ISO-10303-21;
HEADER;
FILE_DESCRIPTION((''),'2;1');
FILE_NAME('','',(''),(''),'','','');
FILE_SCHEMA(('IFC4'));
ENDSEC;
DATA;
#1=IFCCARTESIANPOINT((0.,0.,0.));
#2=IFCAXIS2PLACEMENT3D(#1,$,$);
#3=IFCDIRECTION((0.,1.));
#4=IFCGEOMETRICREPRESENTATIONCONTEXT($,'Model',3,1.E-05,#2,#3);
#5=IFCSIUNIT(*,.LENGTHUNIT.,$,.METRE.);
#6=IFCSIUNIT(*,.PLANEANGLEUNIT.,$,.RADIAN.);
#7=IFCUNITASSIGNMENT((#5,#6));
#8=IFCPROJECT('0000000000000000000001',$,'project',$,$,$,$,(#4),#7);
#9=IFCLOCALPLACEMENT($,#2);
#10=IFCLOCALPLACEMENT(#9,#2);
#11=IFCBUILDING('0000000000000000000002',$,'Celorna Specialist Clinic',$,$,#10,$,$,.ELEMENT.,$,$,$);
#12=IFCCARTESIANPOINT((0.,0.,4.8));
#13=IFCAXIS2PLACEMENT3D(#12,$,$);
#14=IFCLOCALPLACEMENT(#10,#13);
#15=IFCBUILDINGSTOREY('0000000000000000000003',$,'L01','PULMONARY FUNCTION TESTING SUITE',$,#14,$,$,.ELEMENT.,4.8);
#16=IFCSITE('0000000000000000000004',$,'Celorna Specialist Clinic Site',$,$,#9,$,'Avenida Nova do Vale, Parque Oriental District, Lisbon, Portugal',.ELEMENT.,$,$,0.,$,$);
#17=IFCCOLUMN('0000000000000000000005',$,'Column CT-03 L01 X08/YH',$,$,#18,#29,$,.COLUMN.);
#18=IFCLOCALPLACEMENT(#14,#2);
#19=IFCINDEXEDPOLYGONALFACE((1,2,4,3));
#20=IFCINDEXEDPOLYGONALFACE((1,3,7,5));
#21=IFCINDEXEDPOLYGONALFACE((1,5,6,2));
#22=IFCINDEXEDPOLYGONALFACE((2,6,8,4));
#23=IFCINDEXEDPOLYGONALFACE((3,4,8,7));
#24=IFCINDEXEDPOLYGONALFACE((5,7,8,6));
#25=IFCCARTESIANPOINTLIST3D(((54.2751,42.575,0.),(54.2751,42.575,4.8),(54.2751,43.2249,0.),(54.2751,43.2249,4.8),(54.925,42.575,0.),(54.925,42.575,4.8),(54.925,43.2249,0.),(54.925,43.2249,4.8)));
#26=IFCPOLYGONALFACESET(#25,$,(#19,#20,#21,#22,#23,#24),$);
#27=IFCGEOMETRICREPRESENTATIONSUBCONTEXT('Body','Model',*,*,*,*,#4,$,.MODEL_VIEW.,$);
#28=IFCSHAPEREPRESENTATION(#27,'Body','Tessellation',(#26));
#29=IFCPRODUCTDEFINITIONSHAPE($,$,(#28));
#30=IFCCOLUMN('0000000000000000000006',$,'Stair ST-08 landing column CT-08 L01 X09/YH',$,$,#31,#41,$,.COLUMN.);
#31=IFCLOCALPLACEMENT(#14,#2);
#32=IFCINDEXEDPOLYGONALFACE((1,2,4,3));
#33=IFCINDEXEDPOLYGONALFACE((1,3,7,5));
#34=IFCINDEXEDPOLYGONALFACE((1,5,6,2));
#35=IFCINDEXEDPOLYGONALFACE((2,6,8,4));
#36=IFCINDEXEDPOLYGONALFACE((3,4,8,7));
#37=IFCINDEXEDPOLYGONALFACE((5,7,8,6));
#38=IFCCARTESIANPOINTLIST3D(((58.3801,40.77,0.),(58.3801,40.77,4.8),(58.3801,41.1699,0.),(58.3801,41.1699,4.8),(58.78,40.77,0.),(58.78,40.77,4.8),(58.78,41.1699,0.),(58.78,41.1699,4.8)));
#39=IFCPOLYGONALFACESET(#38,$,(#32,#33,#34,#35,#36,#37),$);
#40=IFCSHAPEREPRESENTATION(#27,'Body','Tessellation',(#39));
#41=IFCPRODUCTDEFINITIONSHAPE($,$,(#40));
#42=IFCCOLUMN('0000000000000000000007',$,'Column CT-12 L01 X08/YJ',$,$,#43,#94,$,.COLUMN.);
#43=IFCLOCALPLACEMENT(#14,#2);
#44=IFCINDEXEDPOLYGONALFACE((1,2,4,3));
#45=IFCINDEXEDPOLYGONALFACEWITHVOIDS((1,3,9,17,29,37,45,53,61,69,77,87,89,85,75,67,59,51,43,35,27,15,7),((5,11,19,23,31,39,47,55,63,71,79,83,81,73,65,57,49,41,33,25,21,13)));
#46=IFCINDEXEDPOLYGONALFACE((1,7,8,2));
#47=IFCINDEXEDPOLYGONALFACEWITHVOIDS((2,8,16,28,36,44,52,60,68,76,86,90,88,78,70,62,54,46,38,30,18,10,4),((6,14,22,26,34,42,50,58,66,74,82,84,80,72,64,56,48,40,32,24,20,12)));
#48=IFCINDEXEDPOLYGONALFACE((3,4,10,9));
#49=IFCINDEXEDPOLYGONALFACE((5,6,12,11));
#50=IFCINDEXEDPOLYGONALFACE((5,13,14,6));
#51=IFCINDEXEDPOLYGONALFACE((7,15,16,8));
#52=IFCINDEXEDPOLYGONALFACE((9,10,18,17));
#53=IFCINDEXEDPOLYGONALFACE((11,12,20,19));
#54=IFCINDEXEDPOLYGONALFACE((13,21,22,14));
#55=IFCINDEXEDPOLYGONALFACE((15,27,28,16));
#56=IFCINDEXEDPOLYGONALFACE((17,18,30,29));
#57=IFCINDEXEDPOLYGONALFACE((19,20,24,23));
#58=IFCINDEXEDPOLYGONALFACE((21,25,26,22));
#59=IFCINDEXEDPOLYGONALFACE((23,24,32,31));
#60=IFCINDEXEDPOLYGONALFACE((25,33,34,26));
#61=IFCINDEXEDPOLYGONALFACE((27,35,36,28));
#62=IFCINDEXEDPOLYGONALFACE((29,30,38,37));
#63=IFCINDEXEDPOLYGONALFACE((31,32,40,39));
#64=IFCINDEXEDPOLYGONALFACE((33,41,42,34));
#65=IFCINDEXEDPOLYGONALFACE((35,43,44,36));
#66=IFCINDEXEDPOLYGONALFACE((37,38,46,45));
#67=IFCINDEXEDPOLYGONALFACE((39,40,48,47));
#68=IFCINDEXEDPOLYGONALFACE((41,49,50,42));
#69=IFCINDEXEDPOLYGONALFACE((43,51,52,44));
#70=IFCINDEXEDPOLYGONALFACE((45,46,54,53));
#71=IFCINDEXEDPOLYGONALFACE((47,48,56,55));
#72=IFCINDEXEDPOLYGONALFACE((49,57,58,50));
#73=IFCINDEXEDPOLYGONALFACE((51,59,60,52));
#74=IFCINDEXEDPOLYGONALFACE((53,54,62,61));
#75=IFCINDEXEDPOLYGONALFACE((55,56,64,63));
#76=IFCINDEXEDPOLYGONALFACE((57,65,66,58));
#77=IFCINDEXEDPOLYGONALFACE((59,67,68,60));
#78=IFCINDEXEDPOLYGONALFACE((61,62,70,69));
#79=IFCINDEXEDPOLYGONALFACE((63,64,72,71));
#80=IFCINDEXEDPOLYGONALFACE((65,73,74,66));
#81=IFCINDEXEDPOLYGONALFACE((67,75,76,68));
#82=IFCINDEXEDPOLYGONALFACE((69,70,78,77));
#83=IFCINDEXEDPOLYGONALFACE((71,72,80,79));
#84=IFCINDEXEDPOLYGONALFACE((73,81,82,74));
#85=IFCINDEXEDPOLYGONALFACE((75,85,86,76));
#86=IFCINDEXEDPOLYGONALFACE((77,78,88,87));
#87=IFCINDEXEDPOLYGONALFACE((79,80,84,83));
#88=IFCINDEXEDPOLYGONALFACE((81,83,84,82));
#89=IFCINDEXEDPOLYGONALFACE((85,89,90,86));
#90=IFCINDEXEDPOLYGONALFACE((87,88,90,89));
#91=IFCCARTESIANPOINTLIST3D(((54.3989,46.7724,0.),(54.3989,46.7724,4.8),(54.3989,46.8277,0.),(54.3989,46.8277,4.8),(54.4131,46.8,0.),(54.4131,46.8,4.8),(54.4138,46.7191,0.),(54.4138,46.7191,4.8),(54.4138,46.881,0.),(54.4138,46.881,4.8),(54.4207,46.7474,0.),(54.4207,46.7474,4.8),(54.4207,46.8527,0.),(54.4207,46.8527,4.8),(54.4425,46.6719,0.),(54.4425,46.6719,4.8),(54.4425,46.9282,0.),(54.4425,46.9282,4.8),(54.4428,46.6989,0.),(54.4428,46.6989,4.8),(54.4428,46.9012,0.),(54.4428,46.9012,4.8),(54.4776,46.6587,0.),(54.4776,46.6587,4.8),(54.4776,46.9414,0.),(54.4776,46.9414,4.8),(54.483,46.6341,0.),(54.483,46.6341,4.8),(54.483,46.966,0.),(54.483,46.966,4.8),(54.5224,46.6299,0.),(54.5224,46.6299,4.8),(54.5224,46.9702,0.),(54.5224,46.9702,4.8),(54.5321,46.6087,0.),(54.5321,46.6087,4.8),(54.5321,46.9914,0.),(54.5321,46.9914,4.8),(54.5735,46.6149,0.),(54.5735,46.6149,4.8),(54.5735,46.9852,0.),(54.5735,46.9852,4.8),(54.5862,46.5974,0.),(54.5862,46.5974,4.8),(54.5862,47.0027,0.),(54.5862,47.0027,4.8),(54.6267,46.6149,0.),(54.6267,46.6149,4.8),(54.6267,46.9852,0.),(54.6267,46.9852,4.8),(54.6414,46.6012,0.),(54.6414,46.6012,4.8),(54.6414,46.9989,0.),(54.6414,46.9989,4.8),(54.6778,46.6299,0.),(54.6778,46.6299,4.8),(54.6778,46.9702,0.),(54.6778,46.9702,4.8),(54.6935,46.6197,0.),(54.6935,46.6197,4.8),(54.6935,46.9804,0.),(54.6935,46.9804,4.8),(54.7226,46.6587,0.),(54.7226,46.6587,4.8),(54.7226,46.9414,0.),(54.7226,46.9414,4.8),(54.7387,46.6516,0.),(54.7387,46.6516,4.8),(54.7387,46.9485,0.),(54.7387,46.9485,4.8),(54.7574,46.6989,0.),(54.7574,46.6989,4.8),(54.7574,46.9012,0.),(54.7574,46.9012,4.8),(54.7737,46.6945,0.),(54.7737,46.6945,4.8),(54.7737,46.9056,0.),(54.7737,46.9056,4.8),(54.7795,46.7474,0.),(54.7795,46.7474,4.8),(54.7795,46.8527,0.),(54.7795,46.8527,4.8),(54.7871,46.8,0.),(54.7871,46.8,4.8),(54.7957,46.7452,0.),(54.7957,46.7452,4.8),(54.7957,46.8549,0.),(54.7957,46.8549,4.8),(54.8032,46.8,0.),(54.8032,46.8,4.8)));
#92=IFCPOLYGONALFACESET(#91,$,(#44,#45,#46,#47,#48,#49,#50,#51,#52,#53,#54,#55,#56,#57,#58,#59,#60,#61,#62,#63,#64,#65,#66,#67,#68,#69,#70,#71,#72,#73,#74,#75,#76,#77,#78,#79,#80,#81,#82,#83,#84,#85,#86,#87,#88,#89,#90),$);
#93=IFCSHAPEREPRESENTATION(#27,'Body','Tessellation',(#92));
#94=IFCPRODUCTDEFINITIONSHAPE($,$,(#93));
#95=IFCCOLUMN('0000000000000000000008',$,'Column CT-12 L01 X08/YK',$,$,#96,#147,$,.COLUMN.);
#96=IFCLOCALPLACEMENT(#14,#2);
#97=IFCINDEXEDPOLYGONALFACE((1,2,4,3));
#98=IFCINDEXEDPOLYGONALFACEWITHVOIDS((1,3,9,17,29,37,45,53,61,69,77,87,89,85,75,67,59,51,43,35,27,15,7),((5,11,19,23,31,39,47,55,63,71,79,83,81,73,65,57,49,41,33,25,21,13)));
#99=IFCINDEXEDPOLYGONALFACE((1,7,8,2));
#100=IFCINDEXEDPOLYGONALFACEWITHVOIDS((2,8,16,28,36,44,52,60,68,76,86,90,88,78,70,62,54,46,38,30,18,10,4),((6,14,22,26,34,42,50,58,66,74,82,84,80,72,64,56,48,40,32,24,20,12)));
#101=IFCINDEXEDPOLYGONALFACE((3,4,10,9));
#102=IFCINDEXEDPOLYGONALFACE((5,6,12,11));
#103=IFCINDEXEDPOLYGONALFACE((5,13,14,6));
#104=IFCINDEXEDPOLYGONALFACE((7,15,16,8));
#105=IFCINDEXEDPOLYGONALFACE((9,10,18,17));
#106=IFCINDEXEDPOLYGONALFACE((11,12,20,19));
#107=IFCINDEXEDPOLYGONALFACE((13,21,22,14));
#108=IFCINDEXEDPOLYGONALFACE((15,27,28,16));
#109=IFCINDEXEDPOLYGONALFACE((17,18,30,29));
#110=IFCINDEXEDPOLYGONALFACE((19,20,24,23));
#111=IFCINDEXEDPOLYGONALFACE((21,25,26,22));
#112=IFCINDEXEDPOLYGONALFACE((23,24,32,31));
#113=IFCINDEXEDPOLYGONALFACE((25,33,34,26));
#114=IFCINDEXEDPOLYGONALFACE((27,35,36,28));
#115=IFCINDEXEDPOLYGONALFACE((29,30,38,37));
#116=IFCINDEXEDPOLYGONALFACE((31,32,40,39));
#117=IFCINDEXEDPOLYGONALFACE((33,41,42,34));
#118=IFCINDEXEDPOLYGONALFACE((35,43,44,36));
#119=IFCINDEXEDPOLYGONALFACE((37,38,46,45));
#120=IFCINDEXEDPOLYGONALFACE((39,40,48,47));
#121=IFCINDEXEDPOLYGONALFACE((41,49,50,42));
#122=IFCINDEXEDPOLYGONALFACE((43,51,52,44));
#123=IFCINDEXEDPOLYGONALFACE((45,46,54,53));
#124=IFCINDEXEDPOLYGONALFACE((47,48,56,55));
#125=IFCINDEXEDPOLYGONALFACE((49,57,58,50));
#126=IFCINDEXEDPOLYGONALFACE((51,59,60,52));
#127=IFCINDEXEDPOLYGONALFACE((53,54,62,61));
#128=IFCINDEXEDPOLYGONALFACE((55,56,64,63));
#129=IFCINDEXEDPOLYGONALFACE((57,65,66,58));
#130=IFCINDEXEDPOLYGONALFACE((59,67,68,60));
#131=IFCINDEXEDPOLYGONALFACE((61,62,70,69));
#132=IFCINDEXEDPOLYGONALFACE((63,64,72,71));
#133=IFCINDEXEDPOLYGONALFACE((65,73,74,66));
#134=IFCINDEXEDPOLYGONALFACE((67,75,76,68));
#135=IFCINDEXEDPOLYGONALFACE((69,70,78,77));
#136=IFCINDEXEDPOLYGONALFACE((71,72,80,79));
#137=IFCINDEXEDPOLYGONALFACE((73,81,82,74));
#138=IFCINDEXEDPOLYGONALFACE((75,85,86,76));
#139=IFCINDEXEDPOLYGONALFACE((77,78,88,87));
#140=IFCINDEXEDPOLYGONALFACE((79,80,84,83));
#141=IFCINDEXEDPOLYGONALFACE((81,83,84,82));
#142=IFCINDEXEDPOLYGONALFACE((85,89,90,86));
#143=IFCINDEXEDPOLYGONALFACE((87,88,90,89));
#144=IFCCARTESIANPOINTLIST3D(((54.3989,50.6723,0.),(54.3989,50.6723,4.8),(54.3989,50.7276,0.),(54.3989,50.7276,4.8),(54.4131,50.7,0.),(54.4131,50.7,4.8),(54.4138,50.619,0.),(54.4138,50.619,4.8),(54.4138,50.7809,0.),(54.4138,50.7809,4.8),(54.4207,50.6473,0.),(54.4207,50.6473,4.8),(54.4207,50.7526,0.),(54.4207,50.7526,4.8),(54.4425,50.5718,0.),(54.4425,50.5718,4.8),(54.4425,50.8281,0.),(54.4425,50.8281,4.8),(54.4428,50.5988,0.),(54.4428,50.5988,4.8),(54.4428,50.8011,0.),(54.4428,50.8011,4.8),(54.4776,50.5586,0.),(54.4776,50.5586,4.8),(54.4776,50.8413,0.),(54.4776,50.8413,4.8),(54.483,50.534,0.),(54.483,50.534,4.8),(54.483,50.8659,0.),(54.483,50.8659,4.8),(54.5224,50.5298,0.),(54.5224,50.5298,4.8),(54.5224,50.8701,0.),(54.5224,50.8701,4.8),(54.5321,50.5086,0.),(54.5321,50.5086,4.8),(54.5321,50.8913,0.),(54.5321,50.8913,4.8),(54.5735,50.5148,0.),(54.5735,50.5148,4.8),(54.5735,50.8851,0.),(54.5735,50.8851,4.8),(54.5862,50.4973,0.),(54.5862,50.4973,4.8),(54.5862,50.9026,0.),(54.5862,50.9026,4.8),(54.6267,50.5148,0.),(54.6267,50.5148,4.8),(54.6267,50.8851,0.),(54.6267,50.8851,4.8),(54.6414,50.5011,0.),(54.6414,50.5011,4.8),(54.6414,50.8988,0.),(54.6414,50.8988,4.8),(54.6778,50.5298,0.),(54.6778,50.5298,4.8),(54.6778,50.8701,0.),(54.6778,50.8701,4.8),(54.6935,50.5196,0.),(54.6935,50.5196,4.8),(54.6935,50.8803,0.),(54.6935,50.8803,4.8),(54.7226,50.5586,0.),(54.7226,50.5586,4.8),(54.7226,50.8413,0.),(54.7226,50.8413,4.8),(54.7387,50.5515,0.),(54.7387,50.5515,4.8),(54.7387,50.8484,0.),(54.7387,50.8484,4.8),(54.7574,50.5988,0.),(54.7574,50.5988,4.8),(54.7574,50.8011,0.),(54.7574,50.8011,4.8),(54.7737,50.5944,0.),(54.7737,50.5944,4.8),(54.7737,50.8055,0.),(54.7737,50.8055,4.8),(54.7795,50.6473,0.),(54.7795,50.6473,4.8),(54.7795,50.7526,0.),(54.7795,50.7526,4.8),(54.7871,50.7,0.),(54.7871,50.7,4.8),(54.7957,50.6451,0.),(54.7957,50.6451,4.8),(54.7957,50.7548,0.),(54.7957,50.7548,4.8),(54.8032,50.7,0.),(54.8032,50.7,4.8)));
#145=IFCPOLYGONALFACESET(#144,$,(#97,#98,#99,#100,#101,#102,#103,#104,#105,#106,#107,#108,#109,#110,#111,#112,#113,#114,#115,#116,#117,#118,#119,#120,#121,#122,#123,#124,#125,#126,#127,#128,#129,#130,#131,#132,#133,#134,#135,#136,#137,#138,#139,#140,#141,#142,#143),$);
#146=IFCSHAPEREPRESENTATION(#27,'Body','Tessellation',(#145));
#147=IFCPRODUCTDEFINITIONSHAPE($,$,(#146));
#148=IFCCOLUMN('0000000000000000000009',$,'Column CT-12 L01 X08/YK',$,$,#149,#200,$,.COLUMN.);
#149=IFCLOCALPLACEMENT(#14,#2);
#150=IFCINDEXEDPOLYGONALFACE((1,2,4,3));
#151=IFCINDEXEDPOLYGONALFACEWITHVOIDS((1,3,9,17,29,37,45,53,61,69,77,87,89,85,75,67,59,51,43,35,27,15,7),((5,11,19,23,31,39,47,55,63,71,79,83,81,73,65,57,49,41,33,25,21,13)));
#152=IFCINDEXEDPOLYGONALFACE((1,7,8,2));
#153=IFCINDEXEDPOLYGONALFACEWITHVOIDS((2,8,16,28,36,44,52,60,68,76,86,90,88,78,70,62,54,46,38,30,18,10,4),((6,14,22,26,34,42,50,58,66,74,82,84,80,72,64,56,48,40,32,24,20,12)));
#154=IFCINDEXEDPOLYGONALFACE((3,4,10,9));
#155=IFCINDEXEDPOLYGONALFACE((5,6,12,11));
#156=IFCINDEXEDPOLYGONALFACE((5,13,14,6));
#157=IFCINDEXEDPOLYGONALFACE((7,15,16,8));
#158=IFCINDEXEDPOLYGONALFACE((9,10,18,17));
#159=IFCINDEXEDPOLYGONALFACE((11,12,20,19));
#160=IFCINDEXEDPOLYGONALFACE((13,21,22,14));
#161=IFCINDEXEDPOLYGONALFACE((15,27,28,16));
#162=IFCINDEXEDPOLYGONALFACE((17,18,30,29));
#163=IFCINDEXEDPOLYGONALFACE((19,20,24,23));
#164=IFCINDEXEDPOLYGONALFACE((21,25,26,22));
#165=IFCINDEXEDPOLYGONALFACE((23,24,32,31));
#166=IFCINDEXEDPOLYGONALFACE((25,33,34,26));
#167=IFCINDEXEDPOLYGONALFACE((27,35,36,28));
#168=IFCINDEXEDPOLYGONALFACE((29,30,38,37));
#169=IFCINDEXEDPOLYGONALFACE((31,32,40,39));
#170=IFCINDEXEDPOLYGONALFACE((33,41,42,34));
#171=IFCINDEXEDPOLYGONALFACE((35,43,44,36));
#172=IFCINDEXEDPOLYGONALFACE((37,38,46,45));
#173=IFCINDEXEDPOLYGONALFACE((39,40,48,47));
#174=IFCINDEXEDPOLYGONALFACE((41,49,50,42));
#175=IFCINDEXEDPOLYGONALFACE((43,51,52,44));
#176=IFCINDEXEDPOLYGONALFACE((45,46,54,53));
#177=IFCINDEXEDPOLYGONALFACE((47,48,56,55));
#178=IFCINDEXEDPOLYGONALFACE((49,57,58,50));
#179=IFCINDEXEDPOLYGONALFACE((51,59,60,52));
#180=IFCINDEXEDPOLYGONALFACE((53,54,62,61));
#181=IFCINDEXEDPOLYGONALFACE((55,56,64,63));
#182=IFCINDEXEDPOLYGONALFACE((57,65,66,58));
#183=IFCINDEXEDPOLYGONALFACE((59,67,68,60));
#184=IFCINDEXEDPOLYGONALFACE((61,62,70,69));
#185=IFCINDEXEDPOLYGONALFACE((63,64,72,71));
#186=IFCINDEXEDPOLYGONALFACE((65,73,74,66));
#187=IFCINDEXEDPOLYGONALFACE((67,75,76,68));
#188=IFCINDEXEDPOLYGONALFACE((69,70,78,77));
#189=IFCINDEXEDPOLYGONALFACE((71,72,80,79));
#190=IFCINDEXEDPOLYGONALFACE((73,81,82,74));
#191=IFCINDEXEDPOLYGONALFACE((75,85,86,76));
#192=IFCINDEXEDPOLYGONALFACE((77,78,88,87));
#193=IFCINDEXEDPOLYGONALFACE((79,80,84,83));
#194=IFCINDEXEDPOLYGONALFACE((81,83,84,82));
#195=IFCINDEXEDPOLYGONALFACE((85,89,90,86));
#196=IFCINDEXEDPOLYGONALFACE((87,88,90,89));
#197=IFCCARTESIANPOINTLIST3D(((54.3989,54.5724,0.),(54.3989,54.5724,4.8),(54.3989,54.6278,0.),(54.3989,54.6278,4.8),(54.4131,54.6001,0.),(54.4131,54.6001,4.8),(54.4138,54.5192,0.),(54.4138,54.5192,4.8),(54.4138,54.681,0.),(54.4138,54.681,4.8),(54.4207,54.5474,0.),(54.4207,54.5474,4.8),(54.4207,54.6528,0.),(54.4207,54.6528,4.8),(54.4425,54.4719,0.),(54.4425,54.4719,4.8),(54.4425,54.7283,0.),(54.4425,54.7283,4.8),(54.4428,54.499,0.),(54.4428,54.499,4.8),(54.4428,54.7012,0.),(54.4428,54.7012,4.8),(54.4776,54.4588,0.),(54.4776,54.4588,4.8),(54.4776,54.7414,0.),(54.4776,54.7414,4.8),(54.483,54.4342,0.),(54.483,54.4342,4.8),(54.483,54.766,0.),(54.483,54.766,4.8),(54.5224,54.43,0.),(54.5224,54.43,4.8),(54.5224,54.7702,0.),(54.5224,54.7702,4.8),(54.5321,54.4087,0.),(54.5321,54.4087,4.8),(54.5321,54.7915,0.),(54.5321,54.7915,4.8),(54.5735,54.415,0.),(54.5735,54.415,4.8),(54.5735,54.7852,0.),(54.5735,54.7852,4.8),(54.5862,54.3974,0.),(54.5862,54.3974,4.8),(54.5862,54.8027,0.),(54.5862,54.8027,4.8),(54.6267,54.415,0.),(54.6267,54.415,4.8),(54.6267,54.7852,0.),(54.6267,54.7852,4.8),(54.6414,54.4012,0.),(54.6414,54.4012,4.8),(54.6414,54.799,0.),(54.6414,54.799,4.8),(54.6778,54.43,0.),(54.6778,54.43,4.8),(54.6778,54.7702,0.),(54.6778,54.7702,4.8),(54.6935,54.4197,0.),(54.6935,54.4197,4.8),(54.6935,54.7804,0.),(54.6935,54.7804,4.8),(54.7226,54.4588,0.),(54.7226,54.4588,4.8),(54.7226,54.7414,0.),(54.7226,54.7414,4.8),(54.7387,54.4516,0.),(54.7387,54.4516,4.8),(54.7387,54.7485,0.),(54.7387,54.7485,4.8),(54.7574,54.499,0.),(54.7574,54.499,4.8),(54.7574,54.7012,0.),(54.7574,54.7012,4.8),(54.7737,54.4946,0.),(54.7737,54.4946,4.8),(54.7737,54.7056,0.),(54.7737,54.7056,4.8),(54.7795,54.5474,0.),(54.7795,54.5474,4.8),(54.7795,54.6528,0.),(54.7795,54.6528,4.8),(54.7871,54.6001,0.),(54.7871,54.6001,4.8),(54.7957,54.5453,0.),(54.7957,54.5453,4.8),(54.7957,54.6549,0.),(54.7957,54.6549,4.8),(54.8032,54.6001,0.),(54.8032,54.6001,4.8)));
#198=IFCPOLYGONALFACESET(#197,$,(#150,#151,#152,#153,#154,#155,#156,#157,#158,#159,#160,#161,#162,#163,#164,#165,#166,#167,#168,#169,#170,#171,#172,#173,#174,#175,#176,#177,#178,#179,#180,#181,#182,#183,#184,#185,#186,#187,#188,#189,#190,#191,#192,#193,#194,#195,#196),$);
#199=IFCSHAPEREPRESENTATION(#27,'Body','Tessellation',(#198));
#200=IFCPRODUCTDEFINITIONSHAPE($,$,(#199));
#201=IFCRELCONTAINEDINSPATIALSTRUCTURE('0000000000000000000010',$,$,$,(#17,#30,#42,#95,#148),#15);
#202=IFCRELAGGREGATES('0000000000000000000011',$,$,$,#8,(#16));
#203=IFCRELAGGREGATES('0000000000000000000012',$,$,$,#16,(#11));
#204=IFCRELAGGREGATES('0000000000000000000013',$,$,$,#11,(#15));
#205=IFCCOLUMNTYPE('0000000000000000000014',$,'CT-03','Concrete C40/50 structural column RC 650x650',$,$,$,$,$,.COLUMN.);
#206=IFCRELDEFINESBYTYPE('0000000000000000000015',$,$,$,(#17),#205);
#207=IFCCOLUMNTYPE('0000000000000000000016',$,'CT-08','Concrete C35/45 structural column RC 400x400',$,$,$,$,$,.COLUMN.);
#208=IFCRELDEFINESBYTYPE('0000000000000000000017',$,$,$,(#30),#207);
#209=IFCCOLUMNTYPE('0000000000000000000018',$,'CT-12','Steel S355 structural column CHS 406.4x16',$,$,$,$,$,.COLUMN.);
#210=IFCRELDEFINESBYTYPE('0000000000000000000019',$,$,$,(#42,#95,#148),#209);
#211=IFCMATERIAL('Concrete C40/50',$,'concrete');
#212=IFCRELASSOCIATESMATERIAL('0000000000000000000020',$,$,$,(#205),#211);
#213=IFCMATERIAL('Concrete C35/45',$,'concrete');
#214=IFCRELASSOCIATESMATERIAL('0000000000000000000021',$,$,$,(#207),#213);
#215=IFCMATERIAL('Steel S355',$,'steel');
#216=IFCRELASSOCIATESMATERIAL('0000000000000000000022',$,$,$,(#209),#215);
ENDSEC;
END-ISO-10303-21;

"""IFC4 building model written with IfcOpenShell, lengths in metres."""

from ifc_helpers import new_model, si_unit, direction, frame, origin, origin_2d, place, context, subcontext, project, spatial, rectangle, hollow_circle, extrude, material, material_profile, profile_set, type_object, element, save


model = new_model("IFC4")

# Units and contexts
model_context = context("Model", 3, precision=1e-05, world=origin(), true_north=direction((0.0, 1.0)))
body_context = subcontext(model_context, "Body", "Model", "MODEL_VIEW")
ifc_project = project(units=[si_unit("LENGTHUNIT", "METRE"), si_unit("PLANEANGLEUNIT", "RADIAN")], contexts=[model_context])

# Site, building, storey
site_placement = place(None, origin())
site = spatial("IfcSite", under=ifc_project, at=site_placement, Name="Celorna Specialist Clinic Site", LongName="Avenida Nova do Vale, Parque Oriental District, Lisbon, Portugal", CompositionType="ELEMENT", RefElevation=0.0)
building_placement = place(site_placement, origin())
building = spatial("IfcBuilding", under=site, at=building_placement, Name="Celorna Specialist Clinic", CompositionType="ELEMENT")
storey_placement = place(building_placement, frame((0.0, 0.0, 4.8)))
storey = spatial("IfcBuildingStorey", under=building, at=storey_placement, Name="L01", Description="PULMONARY FUNCTION TESTING SUITE", CompositionType="ELEMENT", Elevation=4.8)

# Columns
ifc_material_1 = material(Name="Concrete C40/50", Category="concrete")
ifc_material_profile_1 = material_profile(ifc_material_1, rectangle(XDim=0.6499, YDim=0.6499, at=origin_2d()), Name="RC 650x650")
ifc_profile_set_1 = profile_set([ifc_material_profile_1], Name="Concrete C40/50")
column_type_1 = type_object("IfcColumnType", Name="CT-03", Description="Concrete C40/50 structural column RC 650x650", PredefinedType="COLUMN", material=ifc_profile_set_1)
column_1_placement = place(storey_placement, frame((54.6001, 42.8999, 0.0), z_axis=(0.0, 0.0, 1.0), x_axis=(1.0, 0.0, 0.0)))
element("IfcColumn", 1, at=column_1_placement, inside=storey, type_object=column_type_1, Name="Column CT-03 L01 X08/YH", PredefinedType="COLUMN", context=body_context, shape_type="SweptSolid", body=[
    extrude(rectangle(XDim=0.6499, YDim=0.6499, at=origin_2d()), origin(), (0.0, 0.0, 1.0), 4.8),
])
ifc_material_2 = material(Name="Concrete C35/45", Category="concrete")
ifc_material_profile_2 = material_profile(ifc_material_2, rectangle(XDim=0.3999, YDim=0.3999, at=origin_2d()), Name="RC 400x400")
ifc_profile_set_2 = profile_set([ifc_material_profile_2], Name="Concrete C35/45")
column_type_2 = type_object("IfcColumnType", Name="CT-08", Description="Concrete C35/45 structural column RC 400x400", PredefinedType="COLUMN", material=ifc_profile_set_2)
column_2_placement = place(storey_placement, frame((58.5801, 40.97, 0.0), z_axis=(0.0, 0.0, 1.0), x_axis=(1.0, 0.0, 0.0)))
element("IfcColumn", 2, at=column_2_placement, inside=storey, type_object=column_type_2, Name="Stair ST-08 landing column CT-08 L01 X09/YH", PredefinedType="COLUMN", context=body_context, shape_type="SweptSolid", body=[
    extrude(rectangle(XDim=0.3999, YDim=0.3999, at=origin_2d()), origin(), (0.0, 0.0, 1.0), 4.8),
])
ifc_material_3 = material(Name="Steel S355", Category="steel")
ifc_material_profile_3 = material_profile(ifc_material_3, hollow_circle(Radius=0.2031, WallThickness=0.0161, at=origin_2d()), Name="CHS 406.4x16")
ifc_profile_set_3 = profile_set([ifc_material_profile_3], Name="Steel S355")
column_type_3 = type_object("IfcColumnType", Name="CT-12", Description="Steel S355 structural column CHS 406.4x16", PredefinedType="COLUMN", material=ifc_profile_set_3)
for number, where, z_axis, x_axis, name in (
    (3, (54.6001, 46.8, 0.0), (0.0, 0.0, 1.0), (1.0, 0.0, 0.0), "Column CT-12 L01 X08/YJ"),
    (4, (54.6001, 50.7, 0.0), (0.0, 0.0, 1.0), (1.0, 0.0, 0.0), "Column CT-12 L01 X08/YK"),
    (5, (54.6001, 54.6001, 0.0), (0.0, 0.0, 1.0), (1.0, 0.0, 0.0), "Column CT-12 L01 X08/YK"),
):
    element("IfcColumn", number, at=place(storey_placement, frame(where, z_axis=z_axis, x_axis=x_axis)), inside=storey, type_object=column_type_3, Name=name, PredefinedType="COLUMN", context=body_context, shape_type="SweptSolid", body=[
        extrude(hollow_circle(Radius=0.2031, WallThickness=0.0161, at=origin_2d()), origin(), (0.0, 0.0, 1.0), 4.8),
    ])

save(model, "model.ifc")
